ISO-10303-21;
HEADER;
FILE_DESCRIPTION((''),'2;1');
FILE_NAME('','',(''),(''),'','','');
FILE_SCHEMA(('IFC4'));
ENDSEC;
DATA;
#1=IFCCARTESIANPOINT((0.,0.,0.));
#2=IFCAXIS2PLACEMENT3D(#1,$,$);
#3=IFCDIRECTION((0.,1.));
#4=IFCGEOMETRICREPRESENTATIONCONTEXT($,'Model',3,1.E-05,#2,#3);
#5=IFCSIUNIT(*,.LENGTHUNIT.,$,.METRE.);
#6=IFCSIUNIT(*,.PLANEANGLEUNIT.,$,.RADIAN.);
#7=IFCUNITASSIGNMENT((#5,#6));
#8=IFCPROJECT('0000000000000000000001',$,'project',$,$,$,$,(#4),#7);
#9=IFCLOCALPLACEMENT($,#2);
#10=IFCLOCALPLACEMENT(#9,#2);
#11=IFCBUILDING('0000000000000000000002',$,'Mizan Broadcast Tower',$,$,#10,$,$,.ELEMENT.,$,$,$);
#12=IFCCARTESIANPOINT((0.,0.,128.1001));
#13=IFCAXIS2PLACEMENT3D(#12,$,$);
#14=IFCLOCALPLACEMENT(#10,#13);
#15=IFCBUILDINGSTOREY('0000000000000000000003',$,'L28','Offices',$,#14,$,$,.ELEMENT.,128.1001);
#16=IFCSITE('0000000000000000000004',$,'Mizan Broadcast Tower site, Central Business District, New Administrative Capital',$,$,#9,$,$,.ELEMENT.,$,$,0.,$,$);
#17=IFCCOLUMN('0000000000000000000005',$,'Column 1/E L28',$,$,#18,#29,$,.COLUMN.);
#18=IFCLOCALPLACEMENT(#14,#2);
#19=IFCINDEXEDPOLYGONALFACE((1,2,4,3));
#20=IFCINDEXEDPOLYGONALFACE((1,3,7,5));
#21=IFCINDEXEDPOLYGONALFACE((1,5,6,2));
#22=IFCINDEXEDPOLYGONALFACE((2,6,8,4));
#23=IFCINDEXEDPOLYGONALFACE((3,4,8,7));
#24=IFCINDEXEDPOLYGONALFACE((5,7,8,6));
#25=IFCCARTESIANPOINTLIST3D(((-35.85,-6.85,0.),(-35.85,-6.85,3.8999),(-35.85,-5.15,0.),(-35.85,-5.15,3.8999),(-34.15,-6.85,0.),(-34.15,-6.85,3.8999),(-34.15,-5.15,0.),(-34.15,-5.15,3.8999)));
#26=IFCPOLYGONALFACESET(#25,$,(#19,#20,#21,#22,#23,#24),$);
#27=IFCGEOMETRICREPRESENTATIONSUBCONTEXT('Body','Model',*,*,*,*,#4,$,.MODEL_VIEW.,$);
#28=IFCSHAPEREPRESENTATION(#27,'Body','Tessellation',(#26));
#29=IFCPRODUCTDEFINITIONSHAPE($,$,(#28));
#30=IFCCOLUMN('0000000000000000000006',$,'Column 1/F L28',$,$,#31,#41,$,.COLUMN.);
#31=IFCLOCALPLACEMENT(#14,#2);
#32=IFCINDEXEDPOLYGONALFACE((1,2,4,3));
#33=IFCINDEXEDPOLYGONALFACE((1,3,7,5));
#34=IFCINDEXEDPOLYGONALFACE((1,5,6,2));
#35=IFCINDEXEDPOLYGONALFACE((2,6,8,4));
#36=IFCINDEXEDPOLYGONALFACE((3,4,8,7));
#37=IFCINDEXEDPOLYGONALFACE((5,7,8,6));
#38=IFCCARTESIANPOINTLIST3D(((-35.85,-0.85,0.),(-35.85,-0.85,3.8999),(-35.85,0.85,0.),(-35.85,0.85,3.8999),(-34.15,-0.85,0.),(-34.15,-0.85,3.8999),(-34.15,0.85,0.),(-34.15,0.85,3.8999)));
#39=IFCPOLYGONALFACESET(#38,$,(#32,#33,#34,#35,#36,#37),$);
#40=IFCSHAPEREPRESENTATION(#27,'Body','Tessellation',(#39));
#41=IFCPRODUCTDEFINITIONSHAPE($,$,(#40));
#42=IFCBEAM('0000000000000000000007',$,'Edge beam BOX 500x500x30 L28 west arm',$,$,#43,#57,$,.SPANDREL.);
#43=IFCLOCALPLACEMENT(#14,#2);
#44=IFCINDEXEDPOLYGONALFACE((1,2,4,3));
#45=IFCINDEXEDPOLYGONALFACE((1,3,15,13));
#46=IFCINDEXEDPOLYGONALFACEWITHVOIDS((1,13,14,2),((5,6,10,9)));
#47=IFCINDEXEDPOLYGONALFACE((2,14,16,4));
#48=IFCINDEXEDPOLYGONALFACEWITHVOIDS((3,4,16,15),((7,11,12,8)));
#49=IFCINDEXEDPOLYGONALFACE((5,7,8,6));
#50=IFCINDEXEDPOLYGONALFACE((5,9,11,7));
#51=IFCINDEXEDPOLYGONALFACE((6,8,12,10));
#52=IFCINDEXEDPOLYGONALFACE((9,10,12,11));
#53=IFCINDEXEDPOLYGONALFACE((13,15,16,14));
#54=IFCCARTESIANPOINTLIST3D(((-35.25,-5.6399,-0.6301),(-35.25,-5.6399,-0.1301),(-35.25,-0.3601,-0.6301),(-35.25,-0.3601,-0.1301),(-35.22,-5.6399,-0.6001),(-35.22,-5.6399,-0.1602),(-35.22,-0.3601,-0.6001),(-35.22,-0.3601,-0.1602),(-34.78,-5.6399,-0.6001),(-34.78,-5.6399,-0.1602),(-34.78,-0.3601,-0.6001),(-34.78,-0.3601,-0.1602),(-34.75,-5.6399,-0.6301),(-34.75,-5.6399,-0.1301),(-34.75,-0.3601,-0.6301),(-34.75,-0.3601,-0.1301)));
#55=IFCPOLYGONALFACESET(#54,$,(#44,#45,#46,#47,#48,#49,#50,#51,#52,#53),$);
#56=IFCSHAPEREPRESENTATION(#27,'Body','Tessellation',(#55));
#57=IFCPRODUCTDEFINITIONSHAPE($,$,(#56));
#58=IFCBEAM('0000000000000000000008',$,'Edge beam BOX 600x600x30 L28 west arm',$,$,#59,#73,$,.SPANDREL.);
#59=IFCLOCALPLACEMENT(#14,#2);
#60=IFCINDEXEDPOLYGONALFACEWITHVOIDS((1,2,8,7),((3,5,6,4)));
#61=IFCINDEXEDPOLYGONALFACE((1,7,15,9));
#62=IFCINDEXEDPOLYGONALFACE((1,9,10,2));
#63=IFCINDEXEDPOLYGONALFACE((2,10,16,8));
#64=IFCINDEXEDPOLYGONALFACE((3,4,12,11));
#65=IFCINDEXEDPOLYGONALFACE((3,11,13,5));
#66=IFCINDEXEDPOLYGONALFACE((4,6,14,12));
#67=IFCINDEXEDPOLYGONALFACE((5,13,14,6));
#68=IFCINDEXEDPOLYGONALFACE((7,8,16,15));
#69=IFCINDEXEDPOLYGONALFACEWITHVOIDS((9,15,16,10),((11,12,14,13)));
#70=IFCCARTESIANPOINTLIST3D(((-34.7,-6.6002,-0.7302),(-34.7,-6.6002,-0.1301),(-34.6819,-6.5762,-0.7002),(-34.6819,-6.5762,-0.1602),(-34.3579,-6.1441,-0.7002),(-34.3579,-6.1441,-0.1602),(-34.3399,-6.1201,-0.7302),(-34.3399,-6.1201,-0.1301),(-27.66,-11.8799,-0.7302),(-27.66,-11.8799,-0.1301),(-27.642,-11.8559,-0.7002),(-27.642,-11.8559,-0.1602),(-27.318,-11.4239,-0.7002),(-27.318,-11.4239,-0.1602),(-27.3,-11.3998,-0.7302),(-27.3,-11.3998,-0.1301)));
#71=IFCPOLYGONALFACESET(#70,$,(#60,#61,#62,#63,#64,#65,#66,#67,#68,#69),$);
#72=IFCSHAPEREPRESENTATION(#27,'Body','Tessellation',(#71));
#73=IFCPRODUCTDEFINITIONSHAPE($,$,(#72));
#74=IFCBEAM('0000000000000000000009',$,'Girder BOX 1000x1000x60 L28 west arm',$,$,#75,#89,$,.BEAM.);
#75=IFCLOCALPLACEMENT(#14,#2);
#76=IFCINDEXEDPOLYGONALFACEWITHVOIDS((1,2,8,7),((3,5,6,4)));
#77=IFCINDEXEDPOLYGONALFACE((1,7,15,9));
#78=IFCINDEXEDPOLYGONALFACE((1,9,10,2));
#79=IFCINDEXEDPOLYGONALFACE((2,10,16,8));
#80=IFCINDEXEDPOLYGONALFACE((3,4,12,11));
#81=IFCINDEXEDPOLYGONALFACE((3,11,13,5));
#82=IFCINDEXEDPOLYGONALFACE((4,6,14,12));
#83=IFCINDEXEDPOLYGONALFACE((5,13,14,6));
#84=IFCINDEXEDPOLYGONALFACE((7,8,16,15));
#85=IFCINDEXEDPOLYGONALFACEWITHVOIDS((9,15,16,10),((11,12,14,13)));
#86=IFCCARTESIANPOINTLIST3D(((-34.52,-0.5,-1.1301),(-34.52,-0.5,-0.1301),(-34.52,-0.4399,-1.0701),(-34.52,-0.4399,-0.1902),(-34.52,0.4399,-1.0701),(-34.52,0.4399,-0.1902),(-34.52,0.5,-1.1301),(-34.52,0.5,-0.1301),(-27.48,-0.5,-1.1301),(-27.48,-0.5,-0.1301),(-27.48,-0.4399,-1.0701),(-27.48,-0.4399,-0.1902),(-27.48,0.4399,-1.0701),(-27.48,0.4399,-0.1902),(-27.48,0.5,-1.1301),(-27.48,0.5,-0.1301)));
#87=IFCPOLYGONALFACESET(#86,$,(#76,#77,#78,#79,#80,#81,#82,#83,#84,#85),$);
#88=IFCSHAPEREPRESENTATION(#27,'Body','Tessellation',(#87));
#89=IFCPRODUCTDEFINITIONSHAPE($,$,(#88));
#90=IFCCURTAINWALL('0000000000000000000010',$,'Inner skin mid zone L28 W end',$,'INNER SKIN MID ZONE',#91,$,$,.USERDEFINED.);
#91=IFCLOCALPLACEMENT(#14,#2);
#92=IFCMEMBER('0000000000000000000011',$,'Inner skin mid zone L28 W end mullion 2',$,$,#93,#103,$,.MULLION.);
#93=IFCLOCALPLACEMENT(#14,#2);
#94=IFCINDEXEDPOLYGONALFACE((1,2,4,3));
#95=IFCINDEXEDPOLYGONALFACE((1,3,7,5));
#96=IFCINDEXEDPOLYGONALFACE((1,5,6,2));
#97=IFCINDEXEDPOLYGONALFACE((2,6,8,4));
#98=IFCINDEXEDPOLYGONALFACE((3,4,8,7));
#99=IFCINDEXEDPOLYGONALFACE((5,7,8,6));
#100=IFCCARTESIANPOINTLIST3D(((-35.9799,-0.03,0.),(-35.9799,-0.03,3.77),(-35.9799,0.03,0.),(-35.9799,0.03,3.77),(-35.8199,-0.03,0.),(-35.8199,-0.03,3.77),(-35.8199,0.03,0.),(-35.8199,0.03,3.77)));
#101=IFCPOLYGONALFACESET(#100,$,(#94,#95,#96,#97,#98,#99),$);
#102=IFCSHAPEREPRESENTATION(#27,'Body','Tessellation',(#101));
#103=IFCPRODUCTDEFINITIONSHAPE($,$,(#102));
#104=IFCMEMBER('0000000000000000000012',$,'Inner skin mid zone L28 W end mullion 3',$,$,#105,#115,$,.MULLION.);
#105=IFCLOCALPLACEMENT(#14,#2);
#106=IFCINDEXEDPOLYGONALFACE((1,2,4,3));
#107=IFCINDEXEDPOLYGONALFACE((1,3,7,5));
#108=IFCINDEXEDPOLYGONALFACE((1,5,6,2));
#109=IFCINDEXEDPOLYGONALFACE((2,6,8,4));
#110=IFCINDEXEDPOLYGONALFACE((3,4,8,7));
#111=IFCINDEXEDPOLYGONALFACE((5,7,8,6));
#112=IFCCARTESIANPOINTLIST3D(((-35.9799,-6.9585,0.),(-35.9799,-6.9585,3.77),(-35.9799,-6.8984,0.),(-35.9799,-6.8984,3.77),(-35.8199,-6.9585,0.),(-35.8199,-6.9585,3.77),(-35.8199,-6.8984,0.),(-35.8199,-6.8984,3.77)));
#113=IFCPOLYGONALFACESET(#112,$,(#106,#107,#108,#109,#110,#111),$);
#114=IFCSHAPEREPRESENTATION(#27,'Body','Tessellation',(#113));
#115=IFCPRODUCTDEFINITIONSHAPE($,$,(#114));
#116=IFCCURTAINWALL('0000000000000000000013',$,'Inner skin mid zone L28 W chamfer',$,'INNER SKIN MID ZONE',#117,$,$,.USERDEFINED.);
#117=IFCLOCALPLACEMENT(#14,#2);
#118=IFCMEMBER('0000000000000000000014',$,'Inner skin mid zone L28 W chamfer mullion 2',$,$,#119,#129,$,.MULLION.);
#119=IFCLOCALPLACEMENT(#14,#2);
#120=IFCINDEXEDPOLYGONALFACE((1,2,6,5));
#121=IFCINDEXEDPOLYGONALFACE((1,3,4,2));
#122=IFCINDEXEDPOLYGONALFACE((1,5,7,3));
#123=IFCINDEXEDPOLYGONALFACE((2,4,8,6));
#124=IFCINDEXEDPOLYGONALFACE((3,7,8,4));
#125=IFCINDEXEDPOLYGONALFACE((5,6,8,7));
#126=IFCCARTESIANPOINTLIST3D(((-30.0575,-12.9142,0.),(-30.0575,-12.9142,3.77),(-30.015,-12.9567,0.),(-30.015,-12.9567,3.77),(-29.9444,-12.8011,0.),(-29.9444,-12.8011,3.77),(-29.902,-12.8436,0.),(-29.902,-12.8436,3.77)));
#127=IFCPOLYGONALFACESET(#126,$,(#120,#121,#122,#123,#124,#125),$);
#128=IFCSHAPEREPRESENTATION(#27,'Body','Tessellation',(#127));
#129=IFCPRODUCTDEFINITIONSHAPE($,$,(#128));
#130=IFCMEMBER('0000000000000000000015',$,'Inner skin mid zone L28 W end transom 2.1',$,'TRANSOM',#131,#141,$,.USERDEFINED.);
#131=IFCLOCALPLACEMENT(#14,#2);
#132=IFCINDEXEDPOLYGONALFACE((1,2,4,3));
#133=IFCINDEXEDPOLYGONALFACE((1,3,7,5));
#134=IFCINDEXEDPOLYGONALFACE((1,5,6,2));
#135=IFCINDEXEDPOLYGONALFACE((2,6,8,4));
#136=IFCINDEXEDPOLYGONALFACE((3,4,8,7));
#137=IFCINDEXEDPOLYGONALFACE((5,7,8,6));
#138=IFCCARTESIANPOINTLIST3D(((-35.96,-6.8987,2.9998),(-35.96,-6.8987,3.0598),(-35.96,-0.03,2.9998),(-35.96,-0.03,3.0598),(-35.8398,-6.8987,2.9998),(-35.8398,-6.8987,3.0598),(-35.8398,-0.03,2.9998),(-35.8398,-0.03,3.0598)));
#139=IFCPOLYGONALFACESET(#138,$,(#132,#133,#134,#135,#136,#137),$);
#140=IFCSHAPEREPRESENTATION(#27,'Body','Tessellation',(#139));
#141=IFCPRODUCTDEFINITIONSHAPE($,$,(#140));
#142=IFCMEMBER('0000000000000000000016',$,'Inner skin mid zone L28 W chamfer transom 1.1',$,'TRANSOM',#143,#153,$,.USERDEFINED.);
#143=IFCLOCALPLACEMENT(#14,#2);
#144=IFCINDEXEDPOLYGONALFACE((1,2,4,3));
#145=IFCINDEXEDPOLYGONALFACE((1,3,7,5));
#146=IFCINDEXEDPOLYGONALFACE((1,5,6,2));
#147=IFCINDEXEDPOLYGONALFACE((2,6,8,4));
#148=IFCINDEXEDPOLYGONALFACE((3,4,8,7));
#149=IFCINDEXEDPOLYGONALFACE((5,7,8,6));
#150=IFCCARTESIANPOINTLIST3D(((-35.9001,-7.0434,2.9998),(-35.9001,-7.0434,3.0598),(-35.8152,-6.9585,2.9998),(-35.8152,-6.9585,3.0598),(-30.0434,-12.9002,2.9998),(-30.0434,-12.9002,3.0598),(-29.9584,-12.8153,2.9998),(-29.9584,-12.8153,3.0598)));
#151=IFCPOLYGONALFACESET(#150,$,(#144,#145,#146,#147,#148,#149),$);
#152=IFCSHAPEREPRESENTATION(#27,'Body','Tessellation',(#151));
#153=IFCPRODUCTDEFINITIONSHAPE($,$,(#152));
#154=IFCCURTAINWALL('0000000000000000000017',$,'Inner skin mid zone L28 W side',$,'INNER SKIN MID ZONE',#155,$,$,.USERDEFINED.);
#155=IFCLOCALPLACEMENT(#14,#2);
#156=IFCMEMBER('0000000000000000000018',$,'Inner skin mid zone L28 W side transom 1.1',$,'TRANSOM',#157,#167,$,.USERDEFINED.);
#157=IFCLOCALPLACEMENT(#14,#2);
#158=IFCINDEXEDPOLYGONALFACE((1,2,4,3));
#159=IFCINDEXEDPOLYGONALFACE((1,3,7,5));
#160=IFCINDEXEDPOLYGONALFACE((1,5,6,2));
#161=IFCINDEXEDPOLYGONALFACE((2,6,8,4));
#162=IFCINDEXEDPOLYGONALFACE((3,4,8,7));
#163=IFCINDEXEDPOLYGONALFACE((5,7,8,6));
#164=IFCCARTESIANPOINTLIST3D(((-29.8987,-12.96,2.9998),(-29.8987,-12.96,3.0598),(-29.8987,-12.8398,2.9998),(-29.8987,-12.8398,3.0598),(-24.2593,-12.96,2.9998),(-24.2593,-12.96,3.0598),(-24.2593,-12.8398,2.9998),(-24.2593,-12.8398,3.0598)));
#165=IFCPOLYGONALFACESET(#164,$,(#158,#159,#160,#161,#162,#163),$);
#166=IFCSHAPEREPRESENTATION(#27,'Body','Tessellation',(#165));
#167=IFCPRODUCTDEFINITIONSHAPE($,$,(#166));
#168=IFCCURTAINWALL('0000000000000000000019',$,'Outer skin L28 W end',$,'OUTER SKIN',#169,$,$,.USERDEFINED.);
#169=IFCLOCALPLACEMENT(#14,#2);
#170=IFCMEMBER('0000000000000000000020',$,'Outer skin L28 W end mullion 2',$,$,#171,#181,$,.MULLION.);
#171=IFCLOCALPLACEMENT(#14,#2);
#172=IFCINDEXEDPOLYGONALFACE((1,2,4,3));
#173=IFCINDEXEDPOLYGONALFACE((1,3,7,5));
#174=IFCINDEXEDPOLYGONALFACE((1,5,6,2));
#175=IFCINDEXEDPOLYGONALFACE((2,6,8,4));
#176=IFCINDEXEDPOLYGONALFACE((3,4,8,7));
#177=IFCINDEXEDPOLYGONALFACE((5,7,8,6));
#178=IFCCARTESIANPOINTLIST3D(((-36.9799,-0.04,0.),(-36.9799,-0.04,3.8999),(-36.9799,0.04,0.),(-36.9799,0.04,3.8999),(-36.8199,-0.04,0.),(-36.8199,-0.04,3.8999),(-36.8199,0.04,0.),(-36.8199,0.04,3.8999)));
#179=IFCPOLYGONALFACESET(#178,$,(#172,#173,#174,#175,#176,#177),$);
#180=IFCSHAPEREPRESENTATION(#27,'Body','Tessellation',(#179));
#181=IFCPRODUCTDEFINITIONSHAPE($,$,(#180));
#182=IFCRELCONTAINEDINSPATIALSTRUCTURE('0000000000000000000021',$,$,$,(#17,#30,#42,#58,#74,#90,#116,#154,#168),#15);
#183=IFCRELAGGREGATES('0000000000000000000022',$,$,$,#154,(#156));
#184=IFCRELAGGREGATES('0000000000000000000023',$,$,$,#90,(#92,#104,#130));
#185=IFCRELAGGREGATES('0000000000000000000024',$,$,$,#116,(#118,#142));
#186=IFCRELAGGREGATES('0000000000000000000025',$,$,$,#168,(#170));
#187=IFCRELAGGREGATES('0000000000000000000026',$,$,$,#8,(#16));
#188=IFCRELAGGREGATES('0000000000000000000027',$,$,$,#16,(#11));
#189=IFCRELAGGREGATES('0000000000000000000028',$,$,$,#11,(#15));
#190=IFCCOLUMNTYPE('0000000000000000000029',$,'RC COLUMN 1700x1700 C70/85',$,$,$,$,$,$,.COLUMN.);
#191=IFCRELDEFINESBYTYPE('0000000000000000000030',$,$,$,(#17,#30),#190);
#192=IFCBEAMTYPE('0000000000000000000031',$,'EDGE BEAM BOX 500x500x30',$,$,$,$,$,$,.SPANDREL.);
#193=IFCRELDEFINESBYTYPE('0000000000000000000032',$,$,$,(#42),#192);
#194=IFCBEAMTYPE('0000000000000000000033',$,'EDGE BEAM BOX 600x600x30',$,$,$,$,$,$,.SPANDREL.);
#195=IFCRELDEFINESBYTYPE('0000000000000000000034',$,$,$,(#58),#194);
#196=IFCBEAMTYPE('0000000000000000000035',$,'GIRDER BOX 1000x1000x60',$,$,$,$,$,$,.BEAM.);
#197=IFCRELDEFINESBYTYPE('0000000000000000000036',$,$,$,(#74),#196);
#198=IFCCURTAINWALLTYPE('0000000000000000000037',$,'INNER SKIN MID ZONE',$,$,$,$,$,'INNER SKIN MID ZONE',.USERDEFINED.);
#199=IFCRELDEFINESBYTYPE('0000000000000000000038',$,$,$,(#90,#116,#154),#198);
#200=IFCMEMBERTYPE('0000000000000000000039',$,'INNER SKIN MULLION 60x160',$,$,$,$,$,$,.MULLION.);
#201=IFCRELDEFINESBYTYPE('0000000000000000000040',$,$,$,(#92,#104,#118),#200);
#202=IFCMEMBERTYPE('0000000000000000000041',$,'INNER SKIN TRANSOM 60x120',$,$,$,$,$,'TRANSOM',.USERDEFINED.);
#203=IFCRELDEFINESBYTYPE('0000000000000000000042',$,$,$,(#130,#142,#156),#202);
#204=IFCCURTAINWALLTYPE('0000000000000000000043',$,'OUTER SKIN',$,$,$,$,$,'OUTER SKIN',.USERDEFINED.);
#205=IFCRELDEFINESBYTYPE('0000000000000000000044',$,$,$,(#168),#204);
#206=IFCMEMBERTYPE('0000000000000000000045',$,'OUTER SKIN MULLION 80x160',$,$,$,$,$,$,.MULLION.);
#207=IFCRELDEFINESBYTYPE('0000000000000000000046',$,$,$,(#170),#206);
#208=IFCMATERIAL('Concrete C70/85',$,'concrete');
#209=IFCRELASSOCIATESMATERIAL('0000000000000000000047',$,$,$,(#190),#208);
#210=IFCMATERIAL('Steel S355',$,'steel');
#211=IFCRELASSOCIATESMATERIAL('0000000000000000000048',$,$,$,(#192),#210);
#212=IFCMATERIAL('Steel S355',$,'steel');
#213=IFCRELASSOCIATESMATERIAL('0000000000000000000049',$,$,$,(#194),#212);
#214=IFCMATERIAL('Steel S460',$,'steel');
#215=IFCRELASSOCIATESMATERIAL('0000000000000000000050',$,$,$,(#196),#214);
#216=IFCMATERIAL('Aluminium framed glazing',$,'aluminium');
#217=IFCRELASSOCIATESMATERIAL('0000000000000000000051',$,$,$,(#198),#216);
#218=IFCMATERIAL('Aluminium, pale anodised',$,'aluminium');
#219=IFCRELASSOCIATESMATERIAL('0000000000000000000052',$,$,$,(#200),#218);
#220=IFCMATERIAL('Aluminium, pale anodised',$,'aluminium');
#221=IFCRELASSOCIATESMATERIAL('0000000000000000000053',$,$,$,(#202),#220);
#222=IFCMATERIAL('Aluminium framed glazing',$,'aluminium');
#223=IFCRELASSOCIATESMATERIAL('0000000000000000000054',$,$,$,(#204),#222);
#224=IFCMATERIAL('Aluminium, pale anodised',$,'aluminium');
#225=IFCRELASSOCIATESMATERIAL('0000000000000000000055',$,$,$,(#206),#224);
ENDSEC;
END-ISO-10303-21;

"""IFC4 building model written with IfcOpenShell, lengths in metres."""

from ifc_helpers import new_model, si_unit, direction, frame, origin, origin_2d, place, context, subcontext, project, spatial, rectangle, hollow_rectangle, extrude, material, material_profile, profile_set, type_object, element, aggregate, save


model = new_model("IFC4")

# Units and contexts
model_context = context("Model", 3, precision=1e-05, world=origin(), true_north=direction((0.0, 1.0)))
body_context = subcontext(model_context, "Body", "Model", "MODEL_VIEW")
ifc_project = project(units=[si_unit("LENGTHUNIT", "METRE"), si_unit("PLANEANGLEUNIT", "RADIAN")], contexts=[model_context])

# Site, building, storey
site_placement = place(None, origin())
site = spatial("IfcSite", under=ifc_project, at=site_placement, Name="Mizan Broadcast Tower site, Central Business District, New Administrative Capital", CompositionType="ELEMENT", RefElevation=0.0)
building_placement = place(site_placement, origin())
building = spatial("IfcBuilding", under=site, at=building_placement, Name="Mizan Broadcast Tower", CompositionType="ELEMENT")
storey_placement = place(building_placement, frame((0.0, 0.0, 128.1001)))
storey = spatial("IfcBuildingStorey", under=building, at=storey_placement, Name="L28", Description="Offices", CompositionType="ELEMENT", Elevation=128.1001)

# Columns
ifc_material_1 = material(Name="Concrete C70/85", Category="concrete")
ifc_material_profile_1 = material_profile(ifc_material_1, rectangle(XDim=1.7, YDim=1.7, at=origin_2d()), Name="RC 1700x1700")
ifc_profile_set_1 = profile_set([ifc_material_profile_1], Name="Concrete C70/85")
column_type = type_object("IfcColumnType", Name="RC COLUMN 1700x1700 C70/85", PredefinedType="COLUMN", material=ifc_profile_set_1)
for number, where, z_axis, x_axis, name in (
    (1, (-35.0, -6.0, 0.0), (0.0, 0.0, 1.0), (1.0, 0.0, 0.0), "Column 1/E L28"),
    (2, (-35.0, 0.0, 0.0), (0.0, 0.0, 1.0), (1.0, 0.0, 0.0), "Column 1/F L28"),
):
    element("IfcColumn", number, at=place(storey_placement, frame(where, z_axis=z_axis, x_axis=x_axis)), inside=storey, type_object=column_type, Name=name, PredefinedType="COLUMN", context=body_context, shape_type="SweptSolid", body=[
        extrude(rectangle(XDim=1.7, YDim=1.7, at=origin_2d()), origin(), (0.0, 0.0, 1.0), 3.8999),
    ])

# Beams
ifc_material_2 = material(Name="Steel S355", Category="steel")
ifc_material_profile_2 = material_profile(ifc_material_2, hollow_rectangle(XDim=0.5, YDim=0.5, WallThickness=0.03, at=origin_2d()), Name="BOX 500x500x30")
ifc_profile_set_2 = profile_set([ifc_material_profile_2], Name="Steel S355")
beam_type_1 = type_object("IfcBeamType", Name="EDGE BEAM BOX 500x500x30", PredefinedType="SPANDREL", material=ifc_profile_set_2)
beam_1_placement = place(storey_placement, frame((-35.0, -5.6399, -0.3801), z_axis=(0.0, 1.0, 0.0), x_axis=(-1.0, 0.0, 0.0)))
element("IfcBeam", 3, at=beam_1_placement, inside=storey, type_object=beam_type_1, Name="Edge beam BOX 500x500x30 L28 west arm", PredefinedType="SPANDREL", context=body_context, shape_type="SweptSolid", body=[
    extrude(hollow_rectangle(XDim=0.5, YDim=0.5, WallThickness=0.03, at=origin_2d()), origin(), (0.0, 0.0, 1.0), 5.2798),
])
ifc_material_3 = material(Name="Steel S355", Category="steel")
ifc_material_profile_3 = material_profile(ifc_material_3, hollow_rectangle(XDim=0.6001, YDim=0.6001, WallThickness=0.03, at=origin_2d()), Name="BOX 600x600x30")
ifc_profile_set_3 = profile_set([ifc_material_profile_3], Name="Steel S355")
beam_type_2 = type_object("IfcBeamType", Name="EDGE BEAM BOX 600x600x30", PredefinedType="SPANDREL", material=ifc_profile_set_3)
beam_2_placement = place(storey_placement, frame((-27.48, -11.6399, -0.4302), z_axis=(-0.800013, 0.599982, 0.0), x_axis=(-0.599982, -0.800013, 0.0)))
element("IfcBeam", 4, at=beam_2_placement, inside=storey, type_object=beam_type_2, Name="Edge beam BOX 600x600x30 L28 west arm", PredefinedType="SPANDREL", context=body_context, shape_type="SweptSolid", body=[
    extrude(hollow_rectangle(XDim=0.6001, YDim=0.6001, WallThickness=0.03, at=origin_2d()), origin(), (0.0, 0.0, 1.0), 8.7998),
])
ifc_material_4 = material(Name="Steel S460", Category="steel")
ifc_material_profile_4 = material_profile(ifc_material_4, hollow_rectangle(XDim=1.0, YDim=1.0, WallThickness=0.0601, at=origin_2d()), Name="BOX 1000x1000x60")
ifc_profile_set_4 = profile_set([ifc_material_profile_4], Name="Steel S460")
beam_type_3 = type_object("IfcBeamType", Name="GIRDER BOX 1000x1000x60", PredefinedType="BEAM", material=ifc_profile_set_4)
beam_3_placement = place(storey_placement, frame((-27.48, 0.0, -0.6301), z_axis=(-1.0, 0.0, 0.0), x_axis=(0.0, -1.0, 0.0)))
element("IfcBeam", 5, at=beam_3_placement, inside=storey, type_object=beam_type_3, Name="Girder BOX 1000x1000x60 L28 west arm", PredefinedType="BEAM", context=body_context, shape_type="SweptSolid", body=[
    extrude(hollow_rectangle(XDim=1.0, YDim=1.0, WallThickness=0.0601, at=origin_2d()), origin(), (0.0, 0.0, 1.0), 7.04),
])

# Curtain wall, members
ifc_material_5 = material(Name="Aluminium framed glazing", Category="aluminium")
curtain_wall_type_1 = type_object("IfcCurtainWallType", Name="INNER SKIN MID ZONE", ElementType="INNER SKIN MID ZONE", PredefinedType="USERDEFINED", material=ifc_material_5)
curtain_wall_1_placement = place(storey_placement, origin())
curtain_wall_1 = element("IfcCurtainWall", 6, at=curtain_wall_1_placement, inside=storey, type_object=curtain_wall_type_1, Name="Inner skin mid zone L28 W end", ObjectType="INNER SKIN MID ZONE", PredefinedType="USERDEFINED")
ifc_material_6 = material(Name="Aluminium, pale anodised", Category="aluminium")
ifc_material_profile_5 = material_profile(ifc_material_6, rectangle(XDim=0.1599, YDim=0.0601, at=origin_2d()), Name="MULLION 160x60")
ifc_profile_set_5 = profile_set([ifc_material_profile_5], Name="Aluminium, pale anodised")
member_type_1 = type_object("IfcMemberType", Name="INNER SKIN MULLION 60x160", PredefinedType="MULLION", material=ifc_profile_set_5)
member_1_placement = place(storey_placement, frame((-35.8999, 0.0, 0.0), z_axis=(0.0, 0.0, 1.0), x_axis=(1.0, 0.0, 0.0)))
member_1 = element("IfcMember", 7, at=member_1_placement, type_object=member_type_1, Name="Inner skin mid zone L28 W end mullion 2", PredefinedType="MULLION", context=body_context, shape_type="SweptSolid", body=[
    extrude(rectangle(XDim=0.1599, YDim=0.0601, at=origin_2d()), origin(), (0.0, 0.0, 1.0), 3.77),
])
member_2_placement = place(storey_placement, frame((-35.8999, -6.9285, 0.0), z_axis=(0.0, 0.0, 1.0), x_axis=(1.0, 0.0, 0.0)))
member_2 = element("IfcMember", 8, at=member_2_placement, type_object=member_type_1, Name="Inner skin mid zone L28 W end mullion 3", PredefinedType="MULLION", context=body_context, shape_type="SweptSolid", body=[
    extrude(rectangle(XDim=0.1599, YDim=0.0601, at=origin_2d()), origin(), (0.0, 0.0, 1.0), 3.77),
])

# Curtain wall, member
curtain_wall_2_placement = place(storey_placement, origin())
curtain_wall_2 = element("IfcCurtainWall", 9, at=curtain_wall_2_placement, inside=storey, type_object=curtain_wall_type_1, Name="Inner skin mid zone L28 W chamfer", ObjectType="INNER SKIN MID ZONE", PredefinedType="USERDEFINED")
member_3_placement = place(storey_placement, frame((-29.9797, -12.8789, 0.0), z_axis=(0.0, 0.0, 1.0), x_axis=(0.707107, 0.707107, 0.0)))
member_3 = element("IfcMember", 10, at=member_3_placement, type_object=member_type_1, Name="Inner skin mid zone L28 W chamfer mullion 2", PredefinedType="MULLION", context=body_context, shape_type="SweptSolid", body=[
    extrude(rectangle(XDim=0.1599, YDim=0.0601, at=origin_2d()), origin(), (0.0, 0.0, 1.0), 3.77),
])

# Members
ifc_material_7 = material(Name="Aluminium, pale anodised", Category="aluminium")
ifc_material_profile_6 = material_profile(ifc_material_7, rectangle(XDim=0.1201, YDim=0.0601, at=origin_2d()), Name="TRANSOM 120x60")
ifc_profile_set_6 = profile_set([ifc_material_profile_6], Name="Aluminium, pale anodised")
member_type_2 = type_object("IfcMemberType", Name="INNER SKIN TRANSOM 60x120", ElementType="TRANSOM", PredefinedType="USERDEFINED", material=ifc_profile_set_6)
member_4_placement = place(storey_placement, frame((-35.8999, -0.03, 3.0298), z_axis=(0.0, -1.0, 0.0), x_axis=(1.0, 0.0, 0.0)))
member_4 = element("IfcMember", 11, at=member_4_placement, type_object=member_type_2, Name="Inner skin mid zone L28 W end transom 2.1", ObjectType="TRANSOM", PredefinedType="USERDEFINED", context=body_context, shape_type="SweptSolid", body=[
    extrude(rectangle(XDim=0.1201, YDim=0.0601, at=origin_2d()), origin(), (0.0, 0.0, 1.0), 6.8687),
])
member_5_placement = place(storey_placement, frame((-35.8577, -7.001, 3.0298), z_axis=(0.707107, -0.707107, 0.0), x_axis=(0.707107, 0.707107, 0.0)))
member_5 = element("IfcMember", 12, at=member_5_placement, type_object=member_type_2, Name="Inner skin mid zone L28 W chamfer transom 1.1", ObjectType="TRANSOM", PredefinedType="USERDEFINED", context=body_context, shape_type="SweptSolid", body=[
    extrude(rectangle(XDim=0.1201, YDim=0.0601, at=origin_2d()), origin(), (0.0, 0.0, 1.0), 8.2827),
])

# Curtain wall, member
curtain_wall_3_placement = place(storey_placement, origin())
curtain_wall_3 = element("IfcCurtainWall", 13, at=curtain_wall_3_placement, inside=storey, type_object=curtain_wall_type_1, Name="Inner skin mid zone L28 W side", ObjectType="INNER SKIN MID ZONE", PredefinedType="USERDEFINED")
member_6_placement = place(storey_placement, frame((-29.8987, -12.8999, 3.0298), z_axis=(1.0, 0.0, 0.0), x_axis=(0.0, 1.0, 0.0)))
member_6 = element("IfcMember", 14, at=member_6_placement, type_object=member_type_2, Name="Inner skin mid zone L28 W side transom 1.1", ObjectType="TRANSOM", PredefinedType="USERDEFINED", context=body_context, shape_type="SweptSolid", body=[
    extrude(rectangle(XDim=0.1201, YDim=0.0601, at=origin_2d()), origin(), (0.0, 0.0, 1.0), 5.6394),
])
aggregate(curtain_wall_3, [member_6])

# Curtain wall, member
ifc_material_8 = material(Name="Aluminium framed glazing", Category="aluminium")
curtain_wall_type_2 = type_object("IfcCurtainWallType", Name="OUTER SKIN", ElementType="OUTER SKIN", PredefinedType="USERDEFINED", material=ifc_material_8)
curtain_wall_4_placement = place(storey_placement, origin())
curtain_wall_4 = element("IfcCurtainWall", 15, at=curtain_wall_4_placement, inside=storey, type_object=curtain_wall_type_2, Name="Outer skin L28 W end", ObjectType="OUTER SKIN", PredefinedType="USERDEFINED")
ifc_material_9 = material(Name="Aluminium, pale anodised", Category="aluminium")
ifc_material_profile_7 = material_profile(ifc_material_9, rectangle(XDim=0.1599, YDim=0.0801, at=origin_2d()), Name="MULLION 160x80")
ifc_profile_set_7 = profile_set([ifc_material_profile_7], Name="Aluminium, pale anodised")
member_type_3 = type_object("IfcMemberType", Name="OUTER SKIN MULLION 80x160", PredefinedType="MULLION", material=ifc_profile_set_7)
member_7_placement = place(storey_placement, frame((-36.8999, 0.0, 0.0), z_axis=(0.0, 0.0, 1.0), x_axis=(1.0, 0.0, 0.0)))
member_7 = element("IfcMember", 16, at=member_7_placement, type_object=member_type_3, Name="Outer skin L28 W end mullion 2", PredefinedType="MULLION", context=body_context, shape_type="SweptSolid", body=[
    extrude(rectangle(XDim=0.1599, YDim=0.0801, at=origin_2d()), origin(), (0.0, 0.0, 1.0), 3.8999),
])

aggregate(curtain_wall_1, [member_1, member_2, member_4])
aggregate(curtain_wall_2, [member_3, member_5])
aggregate(curtain_wall_4, [member_7])

save(model, "model.ifc")
